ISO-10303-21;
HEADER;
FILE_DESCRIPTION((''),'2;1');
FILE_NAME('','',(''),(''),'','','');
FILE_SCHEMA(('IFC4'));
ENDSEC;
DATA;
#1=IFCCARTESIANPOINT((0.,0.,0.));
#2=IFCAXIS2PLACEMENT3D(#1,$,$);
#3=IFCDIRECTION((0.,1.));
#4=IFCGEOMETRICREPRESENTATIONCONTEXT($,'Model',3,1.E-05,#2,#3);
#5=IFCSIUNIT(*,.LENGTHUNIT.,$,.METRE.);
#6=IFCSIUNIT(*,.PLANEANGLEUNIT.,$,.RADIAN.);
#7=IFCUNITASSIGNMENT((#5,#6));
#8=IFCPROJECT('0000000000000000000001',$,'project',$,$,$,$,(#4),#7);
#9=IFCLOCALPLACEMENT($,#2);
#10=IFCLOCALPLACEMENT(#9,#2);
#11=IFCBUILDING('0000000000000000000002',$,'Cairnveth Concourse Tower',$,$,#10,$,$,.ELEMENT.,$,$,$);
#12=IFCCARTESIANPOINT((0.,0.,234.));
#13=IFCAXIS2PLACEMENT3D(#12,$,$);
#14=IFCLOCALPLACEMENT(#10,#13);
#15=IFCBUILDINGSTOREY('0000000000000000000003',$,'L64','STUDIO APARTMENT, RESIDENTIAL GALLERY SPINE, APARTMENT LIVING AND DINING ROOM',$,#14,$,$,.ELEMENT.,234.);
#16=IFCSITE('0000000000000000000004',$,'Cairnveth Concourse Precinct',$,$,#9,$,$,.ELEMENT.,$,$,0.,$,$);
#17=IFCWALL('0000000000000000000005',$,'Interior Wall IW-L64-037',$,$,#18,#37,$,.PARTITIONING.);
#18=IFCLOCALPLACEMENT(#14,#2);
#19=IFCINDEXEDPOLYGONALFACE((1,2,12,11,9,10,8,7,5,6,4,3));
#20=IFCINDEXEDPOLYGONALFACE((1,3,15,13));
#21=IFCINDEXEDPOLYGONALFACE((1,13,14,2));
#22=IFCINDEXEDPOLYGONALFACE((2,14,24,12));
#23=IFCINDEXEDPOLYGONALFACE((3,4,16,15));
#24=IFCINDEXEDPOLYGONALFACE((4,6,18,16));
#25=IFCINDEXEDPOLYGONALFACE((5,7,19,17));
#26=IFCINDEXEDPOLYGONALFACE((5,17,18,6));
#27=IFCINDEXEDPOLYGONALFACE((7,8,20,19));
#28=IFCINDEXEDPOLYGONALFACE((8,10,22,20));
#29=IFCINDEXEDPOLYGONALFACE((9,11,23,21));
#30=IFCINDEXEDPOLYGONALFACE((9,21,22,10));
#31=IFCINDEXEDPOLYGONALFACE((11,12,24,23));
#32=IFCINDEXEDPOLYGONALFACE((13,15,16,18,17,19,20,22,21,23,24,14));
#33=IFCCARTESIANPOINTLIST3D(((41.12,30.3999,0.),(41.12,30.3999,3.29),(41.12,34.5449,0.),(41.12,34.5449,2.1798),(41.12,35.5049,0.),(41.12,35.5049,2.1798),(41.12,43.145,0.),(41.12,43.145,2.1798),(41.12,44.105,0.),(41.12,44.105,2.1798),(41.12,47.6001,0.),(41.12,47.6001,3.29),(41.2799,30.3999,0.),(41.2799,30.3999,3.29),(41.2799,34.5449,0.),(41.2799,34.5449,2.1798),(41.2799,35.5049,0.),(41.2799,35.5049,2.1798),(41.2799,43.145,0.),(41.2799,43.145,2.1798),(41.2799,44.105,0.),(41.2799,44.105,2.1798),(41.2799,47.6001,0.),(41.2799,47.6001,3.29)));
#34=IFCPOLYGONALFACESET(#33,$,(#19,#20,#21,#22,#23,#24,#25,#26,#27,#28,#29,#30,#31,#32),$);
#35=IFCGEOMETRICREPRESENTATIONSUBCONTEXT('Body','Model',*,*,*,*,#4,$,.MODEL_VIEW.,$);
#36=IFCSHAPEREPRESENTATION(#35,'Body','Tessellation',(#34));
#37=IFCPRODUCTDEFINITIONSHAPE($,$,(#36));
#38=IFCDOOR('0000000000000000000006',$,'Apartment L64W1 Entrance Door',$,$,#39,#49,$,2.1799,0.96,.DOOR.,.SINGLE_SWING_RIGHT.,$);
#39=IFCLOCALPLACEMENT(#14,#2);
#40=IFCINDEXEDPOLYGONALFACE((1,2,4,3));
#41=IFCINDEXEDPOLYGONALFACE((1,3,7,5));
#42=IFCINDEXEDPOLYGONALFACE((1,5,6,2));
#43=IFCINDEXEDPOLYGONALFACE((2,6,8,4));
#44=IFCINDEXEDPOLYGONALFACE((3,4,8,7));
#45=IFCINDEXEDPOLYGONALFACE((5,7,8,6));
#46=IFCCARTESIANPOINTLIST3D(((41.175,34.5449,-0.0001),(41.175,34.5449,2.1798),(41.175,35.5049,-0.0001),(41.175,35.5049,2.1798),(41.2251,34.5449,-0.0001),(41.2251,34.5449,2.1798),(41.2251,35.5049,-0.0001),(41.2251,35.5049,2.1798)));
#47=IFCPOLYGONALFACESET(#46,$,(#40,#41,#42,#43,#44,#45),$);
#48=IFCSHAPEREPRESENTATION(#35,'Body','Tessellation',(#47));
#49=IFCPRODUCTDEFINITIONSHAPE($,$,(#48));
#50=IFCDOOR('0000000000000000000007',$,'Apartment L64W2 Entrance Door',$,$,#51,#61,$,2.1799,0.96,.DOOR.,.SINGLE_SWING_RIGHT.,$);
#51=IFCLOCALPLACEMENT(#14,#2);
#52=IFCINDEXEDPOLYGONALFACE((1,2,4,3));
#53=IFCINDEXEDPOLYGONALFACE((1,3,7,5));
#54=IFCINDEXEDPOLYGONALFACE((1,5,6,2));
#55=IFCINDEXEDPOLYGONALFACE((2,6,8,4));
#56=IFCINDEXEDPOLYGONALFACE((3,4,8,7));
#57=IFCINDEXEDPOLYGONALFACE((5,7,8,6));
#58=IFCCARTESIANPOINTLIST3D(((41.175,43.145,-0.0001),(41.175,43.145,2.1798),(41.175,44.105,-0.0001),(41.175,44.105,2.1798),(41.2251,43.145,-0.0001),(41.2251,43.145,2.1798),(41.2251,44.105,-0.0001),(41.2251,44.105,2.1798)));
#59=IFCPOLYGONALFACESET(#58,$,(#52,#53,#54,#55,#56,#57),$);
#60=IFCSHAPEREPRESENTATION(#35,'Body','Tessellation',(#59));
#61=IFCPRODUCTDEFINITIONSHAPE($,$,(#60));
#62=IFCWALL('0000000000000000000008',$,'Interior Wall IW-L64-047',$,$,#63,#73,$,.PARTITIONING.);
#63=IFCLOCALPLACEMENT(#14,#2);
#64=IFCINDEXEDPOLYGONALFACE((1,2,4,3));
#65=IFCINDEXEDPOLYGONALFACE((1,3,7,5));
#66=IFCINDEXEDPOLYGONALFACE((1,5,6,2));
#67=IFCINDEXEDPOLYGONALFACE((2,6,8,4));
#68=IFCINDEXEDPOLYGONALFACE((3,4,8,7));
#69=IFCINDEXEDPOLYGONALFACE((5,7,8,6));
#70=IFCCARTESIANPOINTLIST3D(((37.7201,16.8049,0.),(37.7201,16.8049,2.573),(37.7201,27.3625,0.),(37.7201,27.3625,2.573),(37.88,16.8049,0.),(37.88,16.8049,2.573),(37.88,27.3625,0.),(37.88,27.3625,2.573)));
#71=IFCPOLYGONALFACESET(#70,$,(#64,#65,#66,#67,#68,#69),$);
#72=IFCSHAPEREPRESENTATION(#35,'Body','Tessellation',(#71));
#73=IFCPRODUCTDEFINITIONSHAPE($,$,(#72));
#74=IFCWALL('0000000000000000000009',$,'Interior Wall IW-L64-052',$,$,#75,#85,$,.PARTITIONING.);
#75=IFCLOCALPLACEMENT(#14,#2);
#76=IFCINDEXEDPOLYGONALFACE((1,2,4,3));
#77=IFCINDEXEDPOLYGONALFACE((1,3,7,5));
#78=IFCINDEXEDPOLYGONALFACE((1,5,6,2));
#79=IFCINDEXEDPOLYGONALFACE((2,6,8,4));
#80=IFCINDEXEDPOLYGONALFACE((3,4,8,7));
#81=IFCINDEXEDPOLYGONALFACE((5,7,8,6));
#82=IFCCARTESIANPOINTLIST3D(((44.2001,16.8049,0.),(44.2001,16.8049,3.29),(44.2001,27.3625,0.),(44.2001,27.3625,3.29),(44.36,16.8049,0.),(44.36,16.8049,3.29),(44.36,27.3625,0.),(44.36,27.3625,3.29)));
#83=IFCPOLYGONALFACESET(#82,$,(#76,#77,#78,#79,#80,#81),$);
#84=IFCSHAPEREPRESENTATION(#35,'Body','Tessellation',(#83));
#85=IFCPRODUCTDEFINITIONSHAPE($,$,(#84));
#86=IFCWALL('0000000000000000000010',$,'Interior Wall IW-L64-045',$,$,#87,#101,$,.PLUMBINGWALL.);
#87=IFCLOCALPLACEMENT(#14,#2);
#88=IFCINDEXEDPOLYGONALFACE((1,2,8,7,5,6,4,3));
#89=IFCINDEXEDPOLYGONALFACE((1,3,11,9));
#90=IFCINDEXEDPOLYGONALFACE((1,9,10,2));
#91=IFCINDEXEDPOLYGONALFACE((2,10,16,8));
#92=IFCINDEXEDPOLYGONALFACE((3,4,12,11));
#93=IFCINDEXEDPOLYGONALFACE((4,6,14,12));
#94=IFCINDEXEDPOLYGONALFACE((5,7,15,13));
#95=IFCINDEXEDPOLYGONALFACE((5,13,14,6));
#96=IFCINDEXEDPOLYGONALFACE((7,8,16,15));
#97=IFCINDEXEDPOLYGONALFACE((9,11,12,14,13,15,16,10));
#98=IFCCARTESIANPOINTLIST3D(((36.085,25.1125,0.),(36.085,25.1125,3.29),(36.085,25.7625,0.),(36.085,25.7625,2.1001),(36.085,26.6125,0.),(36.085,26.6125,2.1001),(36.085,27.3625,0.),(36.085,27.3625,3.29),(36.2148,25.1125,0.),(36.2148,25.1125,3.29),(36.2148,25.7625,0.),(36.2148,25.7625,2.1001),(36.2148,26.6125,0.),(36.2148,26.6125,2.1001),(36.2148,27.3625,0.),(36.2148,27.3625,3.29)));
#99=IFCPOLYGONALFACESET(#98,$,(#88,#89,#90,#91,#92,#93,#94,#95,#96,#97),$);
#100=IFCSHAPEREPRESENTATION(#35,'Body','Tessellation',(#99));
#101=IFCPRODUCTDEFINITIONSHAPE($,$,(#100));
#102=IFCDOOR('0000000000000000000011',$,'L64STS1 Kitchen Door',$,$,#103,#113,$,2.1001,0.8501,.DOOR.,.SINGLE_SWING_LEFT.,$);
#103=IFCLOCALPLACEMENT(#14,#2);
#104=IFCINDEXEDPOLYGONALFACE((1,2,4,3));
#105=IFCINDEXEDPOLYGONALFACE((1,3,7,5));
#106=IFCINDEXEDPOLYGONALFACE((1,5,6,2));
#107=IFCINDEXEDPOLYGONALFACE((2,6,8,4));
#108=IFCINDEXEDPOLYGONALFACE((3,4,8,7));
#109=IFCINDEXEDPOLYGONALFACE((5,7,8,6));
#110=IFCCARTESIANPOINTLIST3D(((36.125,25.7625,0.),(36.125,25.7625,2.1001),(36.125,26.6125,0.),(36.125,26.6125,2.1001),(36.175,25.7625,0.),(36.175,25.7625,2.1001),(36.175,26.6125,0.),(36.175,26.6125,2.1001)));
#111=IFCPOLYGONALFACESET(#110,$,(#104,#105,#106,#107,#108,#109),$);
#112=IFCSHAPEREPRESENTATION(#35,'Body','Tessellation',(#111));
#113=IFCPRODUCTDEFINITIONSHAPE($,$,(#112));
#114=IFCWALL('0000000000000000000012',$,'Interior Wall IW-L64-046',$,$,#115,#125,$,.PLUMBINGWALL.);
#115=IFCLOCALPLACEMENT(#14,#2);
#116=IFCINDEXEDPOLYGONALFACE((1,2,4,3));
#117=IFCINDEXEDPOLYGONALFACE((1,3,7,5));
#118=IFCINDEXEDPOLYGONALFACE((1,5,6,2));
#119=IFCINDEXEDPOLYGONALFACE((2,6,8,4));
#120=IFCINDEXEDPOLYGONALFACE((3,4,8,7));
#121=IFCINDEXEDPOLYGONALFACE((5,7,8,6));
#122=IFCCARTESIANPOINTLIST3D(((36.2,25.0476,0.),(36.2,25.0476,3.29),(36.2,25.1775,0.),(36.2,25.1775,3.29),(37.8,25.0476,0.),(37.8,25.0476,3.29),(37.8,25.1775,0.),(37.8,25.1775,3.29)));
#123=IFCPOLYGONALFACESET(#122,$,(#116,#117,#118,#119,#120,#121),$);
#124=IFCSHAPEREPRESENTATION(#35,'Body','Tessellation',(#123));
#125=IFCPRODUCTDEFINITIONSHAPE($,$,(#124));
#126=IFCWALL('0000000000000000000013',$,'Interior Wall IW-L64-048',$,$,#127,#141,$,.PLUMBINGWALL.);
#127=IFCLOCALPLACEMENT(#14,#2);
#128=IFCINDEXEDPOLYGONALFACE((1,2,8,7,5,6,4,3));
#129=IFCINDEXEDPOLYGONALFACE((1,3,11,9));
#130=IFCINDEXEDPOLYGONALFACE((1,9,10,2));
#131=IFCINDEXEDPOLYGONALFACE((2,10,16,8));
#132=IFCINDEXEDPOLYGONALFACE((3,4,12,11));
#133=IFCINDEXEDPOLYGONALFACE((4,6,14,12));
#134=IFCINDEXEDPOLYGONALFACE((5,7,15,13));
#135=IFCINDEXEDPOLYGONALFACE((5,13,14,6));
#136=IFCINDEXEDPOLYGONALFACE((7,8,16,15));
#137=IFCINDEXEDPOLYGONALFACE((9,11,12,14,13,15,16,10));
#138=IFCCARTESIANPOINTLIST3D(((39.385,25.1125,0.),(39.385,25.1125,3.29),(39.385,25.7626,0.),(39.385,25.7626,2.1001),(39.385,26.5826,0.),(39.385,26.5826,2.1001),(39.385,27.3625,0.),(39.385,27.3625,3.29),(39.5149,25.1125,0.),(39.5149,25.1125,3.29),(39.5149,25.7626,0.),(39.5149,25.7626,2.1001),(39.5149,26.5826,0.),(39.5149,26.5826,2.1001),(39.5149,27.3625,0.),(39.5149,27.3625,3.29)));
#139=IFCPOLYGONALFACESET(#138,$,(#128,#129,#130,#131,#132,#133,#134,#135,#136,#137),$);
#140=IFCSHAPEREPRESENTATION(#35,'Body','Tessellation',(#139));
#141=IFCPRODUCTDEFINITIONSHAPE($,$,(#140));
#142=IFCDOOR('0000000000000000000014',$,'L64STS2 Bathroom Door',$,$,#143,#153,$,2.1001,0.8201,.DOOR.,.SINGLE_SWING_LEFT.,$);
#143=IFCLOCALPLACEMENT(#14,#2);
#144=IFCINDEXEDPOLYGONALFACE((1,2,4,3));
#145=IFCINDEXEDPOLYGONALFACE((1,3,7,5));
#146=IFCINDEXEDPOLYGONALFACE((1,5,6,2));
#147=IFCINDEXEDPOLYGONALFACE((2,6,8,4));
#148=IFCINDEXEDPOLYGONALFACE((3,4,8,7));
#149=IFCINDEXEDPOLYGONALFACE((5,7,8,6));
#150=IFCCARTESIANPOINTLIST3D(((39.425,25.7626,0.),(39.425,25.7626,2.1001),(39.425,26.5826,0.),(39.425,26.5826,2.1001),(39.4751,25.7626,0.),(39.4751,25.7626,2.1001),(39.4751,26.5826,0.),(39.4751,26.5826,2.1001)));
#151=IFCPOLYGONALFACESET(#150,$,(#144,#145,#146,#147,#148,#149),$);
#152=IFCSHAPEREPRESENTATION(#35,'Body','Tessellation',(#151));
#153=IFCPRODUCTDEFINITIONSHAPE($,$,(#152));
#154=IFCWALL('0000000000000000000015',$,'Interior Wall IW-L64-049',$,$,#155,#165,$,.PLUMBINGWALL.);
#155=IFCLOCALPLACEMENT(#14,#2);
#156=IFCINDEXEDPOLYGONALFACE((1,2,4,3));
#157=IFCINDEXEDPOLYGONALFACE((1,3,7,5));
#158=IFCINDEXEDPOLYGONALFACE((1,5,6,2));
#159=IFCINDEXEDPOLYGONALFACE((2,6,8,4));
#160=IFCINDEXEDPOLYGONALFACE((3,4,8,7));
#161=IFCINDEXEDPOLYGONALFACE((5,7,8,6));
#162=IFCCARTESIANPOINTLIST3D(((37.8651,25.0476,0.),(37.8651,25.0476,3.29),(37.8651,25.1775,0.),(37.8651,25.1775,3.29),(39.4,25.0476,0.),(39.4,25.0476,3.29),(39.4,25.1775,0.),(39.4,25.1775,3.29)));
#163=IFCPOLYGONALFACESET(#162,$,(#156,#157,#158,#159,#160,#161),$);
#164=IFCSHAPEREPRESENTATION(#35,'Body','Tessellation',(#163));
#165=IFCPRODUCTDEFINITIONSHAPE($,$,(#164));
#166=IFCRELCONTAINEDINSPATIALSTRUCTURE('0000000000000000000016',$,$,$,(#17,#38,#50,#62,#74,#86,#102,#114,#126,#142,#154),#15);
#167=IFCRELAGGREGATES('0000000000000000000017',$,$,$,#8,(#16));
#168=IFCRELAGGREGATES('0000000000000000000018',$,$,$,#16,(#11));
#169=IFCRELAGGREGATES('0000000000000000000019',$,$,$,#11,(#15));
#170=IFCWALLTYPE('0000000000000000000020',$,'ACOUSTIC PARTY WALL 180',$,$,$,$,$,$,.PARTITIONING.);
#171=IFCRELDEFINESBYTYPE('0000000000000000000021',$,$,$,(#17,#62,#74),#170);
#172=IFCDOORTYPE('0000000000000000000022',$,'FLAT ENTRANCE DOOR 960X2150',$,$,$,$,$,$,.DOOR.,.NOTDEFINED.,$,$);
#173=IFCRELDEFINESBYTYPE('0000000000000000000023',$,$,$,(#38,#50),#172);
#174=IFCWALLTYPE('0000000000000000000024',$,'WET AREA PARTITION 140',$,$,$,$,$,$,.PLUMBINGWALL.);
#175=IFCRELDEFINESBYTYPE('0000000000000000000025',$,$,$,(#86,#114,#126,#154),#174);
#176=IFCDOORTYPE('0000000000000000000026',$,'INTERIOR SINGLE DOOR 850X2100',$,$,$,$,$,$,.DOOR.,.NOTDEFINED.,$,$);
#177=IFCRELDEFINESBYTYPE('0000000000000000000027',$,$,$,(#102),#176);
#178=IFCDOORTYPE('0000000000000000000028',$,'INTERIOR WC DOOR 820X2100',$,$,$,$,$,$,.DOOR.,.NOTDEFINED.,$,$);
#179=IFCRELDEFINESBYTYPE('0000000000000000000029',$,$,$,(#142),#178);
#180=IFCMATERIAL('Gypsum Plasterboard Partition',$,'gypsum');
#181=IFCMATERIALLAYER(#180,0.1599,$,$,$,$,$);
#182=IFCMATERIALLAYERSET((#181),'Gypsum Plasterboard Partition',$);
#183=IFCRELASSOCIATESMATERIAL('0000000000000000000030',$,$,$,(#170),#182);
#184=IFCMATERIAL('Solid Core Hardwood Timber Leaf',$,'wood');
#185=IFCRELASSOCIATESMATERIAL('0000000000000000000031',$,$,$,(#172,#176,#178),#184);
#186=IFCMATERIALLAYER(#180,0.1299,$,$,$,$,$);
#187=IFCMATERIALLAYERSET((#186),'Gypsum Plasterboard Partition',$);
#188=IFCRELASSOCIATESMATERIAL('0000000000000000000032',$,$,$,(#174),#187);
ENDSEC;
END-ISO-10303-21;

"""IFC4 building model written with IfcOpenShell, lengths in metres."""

from ifc_helpers import new_model, si_unit, direction, frame, frame_2d, origin, place, context, subcontext, project, spatial, rectangle, extrude, material, layer, layer_set, type_object, element, fill, save


model = new_model("IFC4")

# Units and contexts
model_context = context("Model", 3, precision=1e-05, world=origin(), true_north=direction((0.0, 1.0)))
body_context = subcontext(model_context, "Body", "Model", "MODEL_VIEW")
ifc_project = project(units=[si_unit("LENGTHUNIT", "METRE"), si_unit("PLANEANGLEUNIT", "RADIAN")], contexts=[model_context])

# Site, building, storey
site_placement = place(None, origin())
site = spatial("IfcSite", under=ifc_project, at=site_placement, Name="Cairnveth Concourse Precinct", CompositionType="ELEMENT", RefElevation=0.0)
building_placement = place(site_placement, origin())
building = spatial("IfcBuilding", under=site, at=building_placement, Name="Cairnveth Concourse Tower", CompositionType="ELEMENT")
storey_placement = place(building_placement, frame((0.0, 0.0, 234.0)))
storey = spatial("IfcBuildingStorey", under=building, at=storey_placement, Name="L64", Description="STUDIO APARTMENT, RESIDENTIAL GALLERY SPINE, APARTMENT LIVING AND DINING ROOM", CompositionType="ELEMENT", Elevation=234.0)

# Wall, openings, doors
ifc_material_1 = material(Name="Gypsum Plasterboard Partition", Category="gypsum")
ifc_layer_1 = layer(ifc_material_1, 0.1599)
ifc_layer_set_1 = layer_set([ifc_layer_1], Name="Gypsum Plasterboard Partition")
wall_type_1 = type_object("IfcWallType", Name="ACOUSTIC PARTY WALL 180", PredefinedType="PARTITIONING", material=ifc_layer_set_1)
wall_1_placement = place(storey_placement, frame((41.2, 30.3999, 0.0), z_axis=(0.0, 0.0, 1.0), x_axis=(0.0, 1.0, 0.0)))
wall_1 = element("IfcWall", 1, at=wall_1_placement, inside=storey, type_object=wall_type_1, Name="Interior Wall IW-L64-037", PredefinedType="PARTITIONING", context=body_context, shape_type="SweptSolid", body=[
    extrude(rectangle(XDim=17.2002, YDim=0.1599, at=frame_2d((8.6001, 0.0))), origin(), (0.0, 0.0, 1.0), 3.29),
])
opening_1_placement = place(wall_1_placement, frame((4.145, 0.0, 0.0)))
opening_1 = element("IfcOpeningElement", 2, at=opening_1_placement, cuts=wall_1, PredefinedType="OPENING", context=body_context, shape_type="SweptSolid", body=[
    extrude(rectangle(XDim=0.96, YDim=2.1799, at=frame_2d((0.48, 1.0898))), frame((0.0, 0.0898, 0.0), z_axis=(0.0, -1.0, 0.0), x_axis=(1.0, 0.0, 0.0)), (0.0, 0.0, 1.0), 0.1799),
])
opening_2_placement = place(wall_1_placement, frame((12.7451, 0.0, 0.0)))
opening_2 = element("IfcOpeningElement", 3, at=opening_2_placement, cuts=wall_1, PredefinedType="OPENING", context=body_context, shape_type="SweptSolid", body=[
    extrude(rectangle(XDim=0.96, YDim=2.1799, at=frame_2d((0.48, 1.0898))), frame((0.0, 0.0898, 0.0), z_axis=(0.0, -1.0, 0.0), x_axis=(1.0, 0.0, 0.0)), (0.0, 0.0, 1.0), 0.1799),
])
ifc_material_2 = material(Name="Solid Core Hardwood Timber Leaf", Category="wood")
door_type_1 = type_object("IfcDoorType", Name="FLAT ENTRANCE DOOR 960X2150", OperationType="NOTDEFINED", PredefinedType="DOOR", material=ifc_material_2)
door_1_placement = place(opening_1_placement, origin())
door_1 = element("IfcDoor", 4, at=door_1_placement, inside=storey, type_object=door_type_1, Name="Apartment L64W1 Entrance Door", OperationType="SINGLE_SWING_RIGHT", OverallHeight=2.1799, OverallWidth=0.96, PredefinedType="DOOR", context=body_context, shape_type="SweptSolid", body=[
    extrude(rectangle(XDim=0.96, YDim=2.1799, at=frame_2d((0.48, 1.0898))), frame((0.0, 0.0249, 0.0), z_axis=(0.0, -1.0, 0.0), x_axis=(1.0, 0.0, 0.0)), (0.0, 0.0, 1.0), 0.05),
])
fill(opening_1, door_1)
door_2_placement = place(opening_2_placement, origin())
door_2 = element("IfcDoor", 5, at=door_2_placement, inside=storey, type_object=door_type_1, Name="Apartment L64W2 Entrance Door", OperationType="SINGLE_SWING_RIGHT", OverallHeight=2.1799, OverallWidth=0.96, PredefinedType="DOOR", context=body_context, shape_type="SweptSolid", body=[
    extrude(rectangle(XDim=0.96, YDim=2.1799, at=frame_2d((0.48, 1.0898))), frame((0.0, 0.0249, 0.0), z_axis=(0.0, -1.0, 0.0), x_axis=(1.0, 0.0, 0.0)), (0.0, 0.0, 1.0), 0.05),
])
fill(opening_2, door_2)

# Walls
wall_2_placement = place(storey_placement, frame((37.8, 16.8049, 0.0), z_axis=(0.0, 0.0, 1.0), x_axis=(0.0, 1.0, 0.0)))
element("IfcWall", 6, at=wall_2_placement, inside=storey, type_object=wall_type_1, Name="Interior Wall IW-L64-047", PredefinedType="PARTITIONING", context=body_context, shape_type="SweptSolid", body=[
    extrude(rectangle(XDim=10.5576, YDim=0.1599, at=frame_2d((5.2788, 0.0))), origin(), (0.0, 0.0, 1.0), 2.573),
])
wall_3_placement = place(storey_placement, frame((44.28, 16.8049, 0.0), z_axis=(0.0, 0.0, 1.0), x_axis=(0.0, 1.0, 0.0)))
element("IfcWall", 7, at=wall_3_placement, inside=storey, type_object=wall_type_1, Name="Interior Wall IW-L64-052", PredefinedType="PARTITIONING", context=body_context, shape_type="SweptSolid", body=[
    extrude(rectangle(XDim=10.5576, YDim=0.1599, at=frame_2d((5.2788, 0.0))), origin(), (0.0, 0.0, 1.0), 3.29),
])

# Wall, opening, door
ifc_layer_2 = layer(ifc_material_1, 0.1299)
ifc_layer_set_2 = layer_set([ifc_layer_2], Name="Gypsum Plasterboard Partition")
wall_type_2 = type_object("IfcWallType", Name="WET AREA PARTITION 140", PredefinedType="PLUMBINGWALL", material=ifc_layer_set_2)
wall_4_placement = place(storey_placement, frame((36.1499, 25.1125, 0.0), z_axis=(0.0, 0.0, 1.0), x_axis=(0.0, 1.0, 0.0)))
wall_4 = element("IfcWall", 8, at=wall_4_placement, inside=storey, type_object=wall_type_2, Name="Interior Wall IW-L64-045", PredefinedType="PLUMBINGWALL", context=body_context, shape_type="SweptSolid", body=[
    extrude(rectangle(XDim=2.25, YDim=0.1299, at=frame_2d((1.125, 0.0))), origin(), (0.0, 0.0, 1.0), 3.29),
])
opening_3_placement = place(wall_4_placement, frame((0.6499, 0.0, 0.0)))
opening_3 = element("IfcOpeningElement", 9, at=opening_3_placement, cuts=wall_4, PredefinedType="OPENING", context=body_context, shape_type="SweptSolid", body=[
    extrude(rectangle(XDim=0.8501, YDim=2.1001, at=frame_2d((0.425, 1.05))), frame((0.0, 0.075, 0.0), z_axis=(0.0, -1.0, 0.0), x_axis=(1.0, 0.0, 0.0)), (0.0, 0.0, 1.0), 0.1499),
])
door_type_2 = type_object("IfcDoorType", Name="INTERIOR SINGLE DOOR 850X2100", OperationType="NOTDEFINED", PredefinedType="DOOR", material=ifc_material_2)
door_3_placement = place(opening_3_placement, origin())
door_3 = element("IfcDoor", 10, at=door_3_placement, inside=storey, type_object=door_type_2, Name="L64STS1 Kitchen Door", OperationType="SINGLE_SWING_LEFT", OverallHeight=2.1001, OverallWidth=0.8501, PredefinedType="DOOR", context=body_context, shape_type="SweptSolid", body=[
    extrude(rectangle(XDim=0.8501, YDim=2.1001, at=frame_2d((0.425, 1.05))), frame((0.0, 0.0249, 0.0), z_axis=(0.0, -1.0, 0.0), x_axis=(1.0, 0.0, 0.0)), (0.0, 0.0, 1.0), 0.05),
])
fill(opening_3, door_3)

# Wall
wall_5_placement = place(storey_placement, frame((36.2, 25.1125, 0.0), z_axis=(0.0, 0.0, 1.0), x_axis=(1.0, 0.0, 0.0)))
element("IfcWall", 11, at=wall_5_placement, inside=storey, type_object=wall_type_2, Name="Interior Wall IW-L64-046", PredefinedType="PLUMBINGWALL", context=body_context, shape_type="SweptSolid", body=[
    extrude(rectangle(XDim=1.6001, YDim=0.1299, at=frame_2d((0.8, 0.0))), origin(), (0.0, 0.0, 1.0), 3.29),
])

# Wall, opening, door
wall_6_placement = place(storey_placement, frame((39.45, 25.1125, 0.0), z_axis=(0.0, 0.0, 1.0), x_axis=(0.0, 1.0, 0.0)))
wall_6 = element("IfcWall", 12, at=wall_6_placement, inside=storey, type_object=wall_type_2, Name="Interior Wall IW-L64-048", PredefinedType="PLUMBINGWALL", context=body_context, shape_type="SweptSolid", body=[
    extrude(rectangle(XDim=2.25, YDim=0.1299, at=frame_2d((1.125, 0.0))), origin(), (0.0, 0.0, 1.0), 3.29),
])
opening_4_placement = place(wall_6_placement, frame((0.6499, 0.0, 0.0)))
opening_4 = element("IfcOpeningElement", 13, at=opening_4_placement, cuts=wall_6, PredefinedType="OPENING", context=body_context, shape_type="SweptSolid", body=[
    extrude(rectangle(XDim=0.8201, YDim=2.1001, at=frame_2d((0.4102, 1.05))), frame((0.0, 0.075, 0.0), z_axis=(0.0, -1.0, 0.0), x_axis=(1.0, 0.0, 0.0)), (0.0, 0.0, 1.0), 0.1499),
])
door_type_3 = type_object("IfcDoorType", Name="INTERIOR WC DOOR 820X2100", OperationType="NOTDEFINED", PredefinedType="DOOR", material=ifc_material_2)
door_4_placement = place(opening_4_placement, origin())
door_4 = element("IfcDoor", 14, at=door_4_placement, inside=storey, type_object=door_type_3, Name="L64STS2 Bathroom Door", OperationType="SINGLE_SWING_LEFT", OverallHeight=2.1001, OverallWidth=0.8201, PredefinedType="DOOR", context=body_context, shape_type="SweptSolid", body=[
    extrude(rectangle(XDim=0.8201, YDim=2.1001, at=frame_2d((0.4102, 1.05))), frame((0.0, 0.0249, 0.0), z_axis=(0.0, -1.0, 0.0), x_axis=(1.0, 0.0, 0.0)), (0.0, 0.0, 1.0), 0.05),
])
fill(opening_4, door_4)

# Wall
wall_7_placement = place(storey_placement, frame((37.865, 25.1125, 0.0), z_axis=(0.0, 0.0, 1.0), x_axis=(1.0, 0.0, 0.0)))
element("IfcWall", 15, at=wall_7_placement, inside=storey, type_object=wall_type_2, Name="Interior Wall IW-L64-049", PredefinedType="PLUMBINGWALL", context=body_context, shape_type="SweptSolid", body=[
    extrude(rectangle(XDim=1.5349, YDim=0.1299, at=frame_2d((0.7676, 0.0))), origin(), (0.0, 0.0, 1.0), 3.29),
])

save(model, "model.ifc")
